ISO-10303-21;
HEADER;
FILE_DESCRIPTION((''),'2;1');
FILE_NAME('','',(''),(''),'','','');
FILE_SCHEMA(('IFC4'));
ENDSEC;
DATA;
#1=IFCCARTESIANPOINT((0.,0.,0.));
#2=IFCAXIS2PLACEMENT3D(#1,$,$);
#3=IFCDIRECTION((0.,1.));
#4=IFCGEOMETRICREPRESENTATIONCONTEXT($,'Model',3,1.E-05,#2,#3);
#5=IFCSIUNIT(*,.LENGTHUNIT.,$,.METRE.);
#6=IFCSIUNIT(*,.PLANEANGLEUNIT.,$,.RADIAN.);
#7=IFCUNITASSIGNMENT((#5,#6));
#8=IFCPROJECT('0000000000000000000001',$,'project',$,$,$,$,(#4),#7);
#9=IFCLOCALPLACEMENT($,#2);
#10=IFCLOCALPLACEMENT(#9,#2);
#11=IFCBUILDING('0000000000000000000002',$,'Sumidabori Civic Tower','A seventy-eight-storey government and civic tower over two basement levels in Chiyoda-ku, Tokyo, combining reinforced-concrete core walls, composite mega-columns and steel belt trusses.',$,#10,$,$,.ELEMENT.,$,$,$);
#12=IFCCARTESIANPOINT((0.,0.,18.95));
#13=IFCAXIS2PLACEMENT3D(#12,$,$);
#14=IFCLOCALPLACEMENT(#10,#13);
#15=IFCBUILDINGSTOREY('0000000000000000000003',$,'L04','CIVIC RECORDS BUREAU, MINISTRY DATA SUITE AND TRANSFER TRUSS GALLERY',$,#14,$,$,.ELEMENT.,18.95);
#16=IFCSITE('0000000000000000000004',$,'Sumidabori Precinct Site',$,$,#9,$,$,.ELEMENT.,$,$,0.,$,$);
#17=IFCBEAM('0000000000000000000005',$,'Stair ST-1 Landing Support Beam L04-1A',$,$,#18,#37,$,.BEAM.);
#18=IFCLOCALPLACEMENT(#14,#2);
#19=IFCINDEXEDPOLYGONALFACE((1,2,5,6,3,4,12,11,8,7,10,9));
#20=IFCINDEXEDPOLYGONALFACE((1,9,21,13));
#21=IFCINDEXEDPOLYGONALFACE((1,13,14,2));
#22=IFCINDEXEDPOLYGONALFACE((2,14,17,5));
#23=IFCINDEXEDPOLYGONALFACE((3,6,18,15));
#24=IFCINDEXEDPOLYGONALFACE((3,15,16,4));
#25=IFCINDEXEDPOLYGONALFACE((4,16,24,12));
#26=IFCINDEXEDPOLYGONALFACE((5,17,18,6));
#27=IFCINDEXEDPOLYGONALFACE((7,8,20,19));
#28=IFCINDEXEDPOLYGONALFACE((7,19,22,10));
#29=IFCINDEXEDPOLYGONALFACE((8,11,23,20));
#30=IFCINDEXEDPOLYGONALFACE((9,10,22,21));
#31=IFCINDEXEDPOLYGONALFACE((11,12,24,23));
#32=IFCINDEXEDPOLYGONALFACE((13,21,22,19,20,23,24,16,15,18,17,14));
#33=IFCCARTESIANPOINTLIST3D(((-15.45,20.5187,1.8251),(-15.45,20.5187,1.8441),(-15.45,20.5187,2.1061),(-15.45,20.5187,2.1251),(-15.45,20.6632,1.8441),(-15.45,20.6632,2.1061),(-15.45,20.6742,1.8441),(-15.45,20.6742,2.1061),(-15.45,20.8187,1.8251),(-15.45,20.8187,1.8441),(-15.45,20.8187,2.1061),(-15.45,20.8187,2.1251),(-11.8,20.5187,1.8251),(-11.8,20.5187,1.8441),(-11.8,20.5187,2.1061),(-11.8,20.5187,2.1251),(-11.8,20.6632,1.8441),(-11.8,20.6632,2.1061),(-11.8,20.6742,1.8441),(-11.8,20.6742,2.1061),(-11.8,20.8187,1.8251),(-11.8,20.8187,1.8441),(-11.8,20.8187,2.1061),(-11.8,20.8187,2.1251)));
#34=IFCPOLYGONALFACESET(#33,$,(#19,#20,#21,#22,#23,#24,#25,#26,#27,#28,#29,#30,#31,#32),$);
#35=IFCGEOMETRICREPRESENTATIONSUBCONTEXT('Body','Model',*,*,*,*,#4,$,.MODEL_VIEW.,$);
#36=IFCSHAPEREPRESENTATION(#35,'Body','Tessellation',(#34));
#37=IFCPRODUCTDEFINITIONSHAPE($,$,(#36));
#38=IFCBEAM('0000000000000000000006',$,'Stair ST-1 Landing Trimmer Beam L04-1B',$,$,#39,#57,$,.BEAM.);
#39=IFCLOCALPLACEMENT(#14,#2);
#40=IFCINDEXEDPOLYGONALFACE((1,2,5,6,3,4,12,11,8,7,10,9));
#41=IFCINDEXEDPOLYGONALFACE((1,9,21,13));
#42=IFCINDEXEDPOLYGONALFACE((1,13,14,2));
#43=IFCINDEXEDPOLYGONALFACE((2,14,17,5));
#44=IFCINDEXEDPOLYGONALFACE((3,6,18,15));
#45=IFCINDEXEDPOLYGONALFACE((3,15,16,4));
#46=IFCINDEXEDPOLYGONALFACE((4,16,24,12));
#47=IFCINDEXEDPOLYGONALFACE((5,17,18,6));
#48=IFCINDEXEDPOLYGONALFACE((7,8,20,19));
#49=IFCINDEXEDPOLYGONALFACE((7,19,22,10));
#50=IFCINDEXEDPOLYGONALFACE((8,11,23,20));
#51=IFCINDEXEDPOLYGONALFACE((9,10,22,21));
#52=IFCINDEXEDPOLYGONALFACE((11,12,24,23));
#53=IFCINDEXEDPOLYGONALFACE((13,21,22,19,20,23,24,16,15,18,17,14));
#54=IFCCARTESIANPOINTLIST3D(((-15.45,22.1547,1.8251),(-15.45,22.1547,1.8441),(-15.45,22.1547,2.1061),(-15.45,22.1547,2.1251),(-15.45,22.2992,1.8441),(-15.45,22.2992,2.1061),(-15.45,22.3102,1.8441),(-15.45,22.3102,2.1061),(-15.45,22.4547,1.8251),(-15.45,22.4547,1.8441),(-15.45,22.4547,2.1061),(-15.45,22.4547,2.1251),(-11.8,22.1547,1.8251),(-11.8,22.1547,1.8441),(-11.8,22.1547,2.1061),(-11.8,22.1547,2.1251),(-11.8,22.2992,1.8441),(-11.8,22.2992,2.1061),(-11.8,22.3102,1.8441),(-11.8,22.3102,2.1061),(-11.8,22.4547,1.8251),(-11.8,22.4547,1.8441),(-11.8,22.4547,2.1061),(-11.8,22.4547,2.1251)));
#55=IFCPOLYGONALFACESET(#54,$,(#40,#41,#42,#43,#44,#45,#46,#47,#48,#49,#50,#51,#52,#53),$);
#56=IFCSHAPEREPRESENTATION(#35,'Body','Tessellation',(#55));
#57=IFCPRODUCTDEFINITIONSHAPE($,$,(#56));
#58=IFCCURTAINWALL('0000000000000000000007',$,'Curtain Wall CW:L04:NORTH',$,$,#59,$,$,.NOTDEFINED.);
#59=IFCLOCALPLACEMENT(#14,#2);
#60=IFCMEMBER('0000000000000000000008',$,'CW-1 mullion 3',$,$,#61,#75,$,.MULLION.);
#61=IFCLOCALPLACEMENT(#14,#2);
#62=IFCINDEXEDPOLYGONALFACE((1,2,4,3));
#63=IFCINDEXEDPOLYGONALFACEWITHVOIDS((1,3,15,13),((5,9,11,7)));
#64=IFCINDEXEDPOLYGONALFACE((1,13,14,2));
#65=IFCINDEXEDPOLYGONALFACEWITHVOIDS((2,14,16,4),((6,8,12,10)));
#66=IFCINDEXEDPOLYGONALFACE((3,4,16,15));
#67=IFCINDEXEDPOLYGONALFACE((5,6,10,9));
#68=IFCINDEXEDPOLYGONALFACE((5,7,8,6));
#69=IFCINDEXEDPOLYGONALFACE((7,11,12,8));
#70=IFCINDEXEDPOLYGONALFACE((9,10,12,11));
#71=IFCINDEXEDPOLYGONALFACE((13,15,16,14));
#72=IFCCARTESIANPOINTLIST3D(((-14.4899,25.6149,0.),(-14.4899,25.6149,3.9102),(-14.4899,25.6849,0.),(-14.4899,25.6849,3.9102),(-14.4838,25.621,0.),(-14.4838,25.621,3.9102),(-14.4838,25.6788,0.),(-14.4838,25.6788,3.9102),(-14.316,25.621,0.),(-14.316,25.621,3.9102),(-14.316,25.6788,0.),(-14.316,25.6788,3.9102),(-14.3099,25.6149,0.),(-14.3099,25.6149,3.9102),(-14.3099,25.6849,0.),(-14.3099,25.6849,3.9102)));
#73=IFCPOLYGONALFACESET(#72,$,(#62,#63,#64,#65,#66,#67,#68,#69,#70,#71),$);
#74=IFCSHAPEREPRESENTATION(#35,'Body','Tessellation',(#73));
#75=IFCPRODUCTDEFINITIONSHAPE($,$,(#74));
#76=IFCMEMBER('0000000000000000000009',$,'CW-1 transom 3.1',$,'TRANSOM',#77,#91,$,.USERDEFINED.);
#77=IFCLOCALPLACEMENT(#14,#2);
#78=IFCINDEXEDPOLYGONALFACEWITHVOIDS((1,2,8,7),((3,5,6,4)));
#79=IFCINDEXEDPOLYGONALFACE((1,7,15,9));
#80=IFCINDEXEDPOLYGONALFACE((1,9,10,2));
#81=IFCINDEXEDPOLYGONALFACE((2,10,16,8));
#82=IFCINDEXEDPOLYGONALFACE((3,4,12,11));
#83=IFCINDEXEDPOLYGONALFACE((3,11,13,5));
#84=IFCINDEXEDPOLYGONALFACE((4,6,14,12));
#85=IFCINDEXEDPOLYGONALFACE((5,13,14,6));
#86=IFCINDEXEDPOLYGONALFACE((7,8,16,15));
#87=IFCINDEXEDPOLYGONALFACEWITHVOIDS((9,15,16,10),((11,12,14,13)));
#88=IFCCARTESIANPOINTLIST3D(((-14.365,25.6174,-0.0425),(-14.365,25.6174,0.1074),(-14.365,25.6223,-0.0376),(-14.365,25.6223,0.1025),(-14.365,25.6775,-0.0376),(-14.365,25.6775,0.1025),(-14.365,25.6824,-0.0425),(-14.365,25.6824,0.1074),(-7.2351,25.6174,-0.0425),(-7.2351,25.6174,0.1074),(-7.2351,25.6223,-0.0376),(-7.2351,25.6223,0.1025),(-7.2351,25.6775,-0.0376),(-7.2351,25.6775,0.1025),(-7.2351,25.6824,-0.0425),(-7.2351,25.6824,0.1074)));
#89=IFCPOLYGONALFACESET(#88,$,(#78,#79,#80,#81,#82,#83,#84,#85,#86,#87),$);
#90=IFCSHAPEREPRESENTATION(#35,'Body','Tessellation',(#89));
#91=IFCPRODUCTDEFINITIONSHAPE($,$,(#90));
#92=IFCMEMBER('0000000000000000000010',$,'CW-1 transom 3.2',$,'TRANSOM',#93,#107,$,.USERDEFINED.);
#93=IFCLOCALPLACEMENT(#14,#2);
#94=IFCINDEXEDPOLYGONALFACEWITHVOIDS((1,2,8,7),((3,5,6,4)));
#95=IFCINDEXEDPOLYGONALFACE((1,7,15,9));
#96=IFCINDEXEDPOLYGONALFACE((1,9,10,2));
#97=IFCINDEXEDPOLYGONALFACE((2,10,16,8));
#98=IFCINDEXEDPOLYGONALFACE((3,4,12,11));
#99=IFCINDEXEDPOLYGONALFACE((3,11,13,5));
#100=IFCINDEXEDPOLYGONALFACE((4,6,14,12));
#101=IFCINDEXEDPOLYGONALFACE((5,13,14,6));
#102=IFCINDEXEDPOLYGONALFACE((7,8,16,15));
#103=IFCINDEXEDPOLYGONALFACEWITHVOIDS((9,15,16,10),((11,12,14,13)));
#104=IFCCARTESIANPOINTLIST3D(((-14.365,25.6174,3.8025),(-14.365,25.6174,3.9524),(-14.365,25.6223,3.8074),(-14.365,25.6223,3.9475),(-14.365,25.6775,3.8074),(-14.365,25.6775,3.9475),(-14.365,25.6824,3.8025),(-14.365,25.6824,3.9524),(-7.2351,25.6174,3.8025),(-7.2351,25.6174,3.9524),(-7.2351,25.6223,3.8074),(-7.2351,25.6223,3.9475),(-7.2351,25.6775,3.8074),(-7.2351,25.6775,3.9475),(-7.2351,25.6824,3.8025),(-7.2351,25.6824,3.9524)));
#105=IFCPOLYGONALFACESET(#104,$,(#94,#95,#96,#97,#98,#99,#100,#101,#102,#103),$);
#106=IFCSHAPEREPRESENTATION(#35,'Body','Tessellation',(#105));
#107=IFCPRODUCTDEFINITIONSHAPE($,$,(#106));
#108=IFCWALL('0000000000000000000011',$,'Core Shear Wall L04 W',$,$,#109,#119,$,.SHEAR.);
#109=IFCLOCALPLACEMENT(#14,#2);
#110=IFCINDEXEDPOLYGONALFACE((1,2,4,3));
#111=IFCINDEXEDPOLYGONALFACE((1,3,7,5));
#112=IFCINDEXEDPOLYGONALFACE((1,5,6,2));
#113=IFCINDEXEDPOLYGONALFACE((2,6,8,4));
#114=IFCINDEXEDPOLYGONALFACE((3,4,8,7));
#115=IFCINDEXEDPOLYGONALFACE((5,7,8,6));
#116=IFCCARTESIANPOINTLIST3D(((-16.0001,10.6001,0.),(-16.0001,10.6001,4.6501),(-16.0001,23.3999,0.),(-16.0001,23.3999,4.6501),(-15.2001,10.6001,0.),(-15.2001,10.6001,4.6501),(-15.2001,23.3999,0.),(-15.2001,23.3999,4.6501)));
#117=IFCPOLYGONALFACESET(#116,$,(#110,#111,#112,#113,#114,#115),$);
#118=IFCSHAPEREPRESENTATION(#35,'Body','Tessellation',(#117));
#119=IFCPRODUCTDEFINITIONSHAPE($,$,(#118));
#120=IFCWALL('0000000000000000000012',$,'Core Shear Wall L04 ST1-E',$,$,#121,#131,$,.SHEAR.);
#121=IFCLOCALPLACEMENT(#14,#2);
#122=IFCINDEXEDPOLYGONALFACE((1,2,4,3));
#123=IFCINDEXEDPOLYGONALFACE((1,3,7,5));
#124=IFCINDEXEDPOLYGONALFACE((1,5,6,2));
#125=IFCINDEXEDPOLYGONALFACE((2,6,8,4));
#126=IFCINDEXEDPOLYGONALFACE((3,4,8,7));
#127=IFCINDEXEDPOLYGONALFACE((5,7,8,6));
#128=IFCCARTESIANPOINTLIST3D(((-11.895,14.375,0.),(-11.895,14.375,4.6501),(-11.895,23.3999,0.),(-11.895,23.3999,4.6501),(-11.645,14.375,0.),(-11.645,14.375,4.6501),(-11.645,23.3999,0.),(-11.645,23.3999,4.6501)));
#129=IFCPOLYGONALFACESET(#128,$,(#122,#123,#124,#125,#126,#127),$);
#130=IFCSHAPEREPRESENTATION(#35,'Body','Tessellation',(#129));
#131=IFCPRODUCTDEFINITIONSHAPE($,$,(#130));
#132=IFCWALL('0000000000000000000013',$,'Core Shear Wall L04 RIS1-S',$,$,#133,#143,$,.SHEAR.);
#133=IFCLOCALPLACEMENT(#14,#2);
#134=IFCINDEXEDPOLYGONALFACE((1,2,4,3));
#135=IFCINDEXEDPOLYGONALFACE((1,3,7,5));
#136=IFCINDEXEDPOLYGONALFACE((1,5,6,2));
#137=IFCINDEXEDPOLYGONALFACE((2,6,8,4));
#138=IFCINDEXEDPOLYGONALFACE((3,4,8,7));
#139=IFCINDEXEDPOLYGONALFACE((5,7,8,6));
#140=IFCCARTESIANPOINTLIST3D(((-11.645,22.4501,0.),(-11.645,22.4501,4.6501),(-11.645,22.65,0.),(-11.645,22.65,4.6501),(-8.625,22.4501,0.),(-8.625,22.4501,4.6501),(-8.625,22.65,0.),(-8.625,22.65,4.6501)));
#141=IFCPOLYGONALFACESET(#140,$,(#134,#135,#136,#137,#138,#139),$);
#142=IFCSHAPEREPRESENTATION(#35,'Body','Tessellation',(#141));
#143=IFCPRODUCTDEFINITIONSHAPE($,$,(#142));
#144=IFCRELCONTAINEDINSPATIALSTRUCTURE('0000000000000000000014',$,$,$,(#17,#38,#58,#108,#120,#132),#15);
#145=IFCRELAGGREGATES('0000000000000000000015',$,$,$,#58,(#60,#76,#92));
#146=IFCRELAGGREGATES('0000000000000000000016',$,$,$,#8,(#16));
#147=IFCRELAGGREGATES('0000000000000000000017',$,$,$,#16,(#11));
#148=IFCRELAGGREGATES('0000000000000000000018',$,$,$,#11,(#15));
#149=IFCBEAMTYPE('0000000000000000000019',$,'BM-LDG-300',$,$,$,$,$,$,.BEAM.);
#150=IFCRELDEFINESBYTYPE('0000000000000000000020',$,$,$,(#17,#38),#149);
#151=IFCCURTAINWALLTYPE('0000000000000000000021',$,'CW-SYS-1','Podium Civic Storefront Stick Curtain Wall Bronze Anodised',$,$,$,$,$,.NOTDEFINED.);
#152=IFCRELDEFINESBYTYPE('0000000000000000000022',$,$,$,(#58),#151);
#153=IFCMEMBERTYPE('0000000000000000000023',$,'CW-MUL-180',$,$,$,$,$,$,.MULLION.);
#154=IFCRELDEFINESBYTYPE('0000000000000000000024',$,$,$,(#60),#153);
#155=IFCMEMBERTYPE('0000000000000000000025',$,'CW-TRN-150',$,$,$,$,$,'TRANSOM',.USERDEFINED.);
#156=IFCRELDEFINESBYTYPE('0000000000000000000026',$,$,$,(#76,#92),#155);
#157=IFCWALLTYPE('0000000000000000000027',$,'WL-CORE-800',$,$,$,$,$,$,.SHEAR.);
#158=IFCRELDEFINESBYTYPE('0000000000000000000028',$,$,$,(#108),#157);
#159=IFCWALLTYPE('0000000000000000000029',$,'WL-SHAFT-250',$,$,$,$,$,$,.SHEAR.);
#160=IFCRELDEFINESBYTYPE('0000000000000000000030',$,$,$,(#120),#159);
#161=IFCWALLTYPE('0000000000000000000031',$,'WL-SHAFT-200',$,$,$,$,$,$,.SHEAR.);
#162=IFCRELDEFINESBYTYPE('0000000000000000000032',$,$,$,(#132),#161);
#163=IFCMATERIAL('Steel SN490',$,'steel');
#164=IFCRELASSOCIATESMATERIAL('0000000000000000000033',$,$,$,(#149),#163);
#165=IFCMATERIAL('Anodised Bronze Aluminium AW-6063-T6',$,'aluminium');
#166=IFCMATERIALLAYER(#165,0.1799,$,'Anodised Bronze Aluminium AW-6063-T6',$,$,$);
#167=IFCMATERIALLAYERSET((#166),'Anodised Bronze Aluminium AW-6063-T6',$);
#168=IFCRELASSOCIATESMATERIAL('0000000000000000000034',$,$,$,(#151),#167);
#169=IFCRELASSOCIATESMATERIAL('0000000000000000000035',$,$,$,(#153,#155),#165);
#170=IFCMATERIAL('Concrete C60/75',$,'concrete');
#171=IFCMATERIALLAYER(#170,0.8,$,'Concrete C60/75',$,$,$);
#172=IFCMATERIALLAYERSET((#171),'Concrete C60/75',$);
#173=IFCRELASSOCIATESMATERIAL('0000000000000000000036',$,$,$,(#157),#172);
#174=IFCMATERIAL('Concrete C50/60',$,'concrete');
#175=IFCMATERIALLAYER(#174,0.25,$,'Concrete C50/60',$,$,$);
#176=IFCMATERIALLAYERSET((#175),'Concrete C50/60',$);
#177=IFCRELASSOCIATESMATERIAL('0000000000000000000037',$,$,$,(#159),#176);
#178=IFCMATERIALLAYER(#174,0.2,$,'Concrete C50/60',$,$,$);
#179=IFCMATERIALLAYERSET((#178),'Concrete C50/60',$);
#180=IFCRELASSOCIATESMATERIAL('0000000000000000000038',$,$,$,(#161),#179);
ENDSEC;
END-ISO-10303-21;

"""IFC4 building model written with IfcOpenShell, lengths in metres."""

from ifc_helpers import new_model, si_unit, direction, frame, frame_2d, origin, origin_2d, place, context, subcontext, project, spatial, rectangle, hollow_rectangle, i_section, extrude, source, transform, mapped, material, layer, layer_set, material_profile, profile_set, type_object, element, aggregate, save


model = new_model("IFC4")

# Units and contexts
model_context = context("Model", 3, precision=1e-05, world=origin(), true_north=direction((0.0, 1.0)))
body_context = subcontext(model_context, "Body", "Model", "MODEL_VIEW")
ifc_project = project(units=[si_unit("LENGTHUNIT", "METRE"), si_unit("PLANEANGLEUNIT", "RADIAN")], contexts=[model_context])

# Site, building, storey
site_placement = place(None, origin())
site = spatial("IfcSite", under=ifc_project, at=site_placement, Name="Sumidabori Precinct Site", CompositionType="ELEMENT", RefElevation=0.0)
building_placement = place(site_placement, origin())
building = spatial("IfcBuilding", under=site, at=building_placement, Name="Sumidabori Civic Tower", Description="A seventy-eight-storey government and civic tower over two basement levels in Chiyoda-ku, Tokyo, combining reinforced-concrete core walls, composite mega-columns and steel belt trusses.", CompositionType="ELEMENT")
storey_placement = place(building_placement, frame((0.0, 0.0, 18.95)))
storey = spatial("IfcBuildingStorey", under=building, at=storey_placement, Name="L04", Description="CIVIC RECORDS BUREAU, MINISTRY DATA SUITE AND TRANSFER TRUSS GALLERY", CompositionType="ELEMENT", Elevation=18.95)

# Beams
ifc_material_1 = material(Name="Steel SN490", Category="steel")
ifc_material_profile_1 = material_profile(ifc_material_1, i_section(OverallWidth=0.3, OverallDepth=0.3, WebThickness=0.011, FlangeThickness=0.019, at=origin_2d()), Name="HE 300 B")
ifc_profile_set_1 = profile_set([ifc_material_profile_1], Name="Steel SN490")
beam_type = type_object("IfcBeamType", Name="BM-LDG-300", PredefinedType="BEAM", material=ifc_profile_set_1)
shared_shape_1 = source(origin(), body_context, "Body", "SweptSolid", [
    extrude(i_section(OverallWidth=0.3, OverallDepth=0.3, WebThickness=0.011, FlangeThickness=0.019, at=origin_2d()), origin(), (0.0, 0.0, 1.0), 3.6499),
])
for number, where, z_axis, x_axis, name in (
    (1, (-15.45, 20.6687, 1.9751), (1.0, 0.0, 0.0), (0.0, 1.0, 0.0), "Stair ST-1 Landing Support Beam L04-1A"),
    (2, (-15.45, 22.3047, 1.9751), (1.0, 0.0, 0.0), (0.0, 1.0, 0.0), "Stair ST-1 Landing Trimmer Beam L04-1B"),
):
    element("IfcBeam", number, at=place(storey_placement, frame(where, z_axis=z_axis, x_axis=x_axis)), inside=storey, type_object=beam_type, Name=name, PredefinedType="BEAM", context=body_context, shape_type="MappedRepresentation", body=[
        mapped(shared_shape_1, transform((0.0, 0.0, 0.0), x_axis=(1.0, 0.0, 0.0), y_axis=(0.0, 1.0, 0.0), z_axis=(0.0, 0.0, 1.0), scale=1.0)),
    ])

# Curtain wall, members
ifc_material_2 = material(Name="Anodised Bronze Aluminium AW-6063-T6", Category="aluminium")
ifc_layer_1 = layer(ifc_material_2, 0.1799, Name="Anodised Bronze Aluminium AW-6063-T6")
ifc_layer_set_1 = layer_set([ifc_layer_1], Name="Anodised Bronze Aluminium AW-6063-T6")
curtain_wall_type = type_object("IfcCurtainWallType", Name="CW-SYS-1", Description="Podium Civic Storefront Stick Curtain Wall Bronze Anodised", PredefinedType="NOTDEFINED", material=ifc_layer_set_1)
curtain_wall_placement = place(storey_placement, origin())
curtain_wall = element("IfcCurtainWall", 3, at=curtain_wall_placement, inside=storey, type_object=curtain_wall_type, Name="Curtain Wall CW:L04:NORTH", PredefinedType="NOTDEFINED")
ifc_material_profile_2 = material_profile(ifc_material_2, hollow_rectangle(XDim=0.0701, YDim=0.1799, WallThickness=0.0061, at=origin_2d()), Name="ALU MULLION 180x70")
ifc_profile_set_2 = profile_set([ifc_material_profile_2], Name="Anodised Bronze Aluminium AW-6063-T6")
member_type_1 = type_object("IfcMemberType", Name="CW-MUL-180", PredefinedType="MULLION", material=ifc_profile_set_2)
shared_shape_2 = source(origin(), body_context, "Body", "SweptSolid", [
    extrude(hollow_rectangle(XDim=0.0701, YDim=0.1799, WallThickness=0.0061, at=origin_2d()), origin(), (0.0, 0.0, 1.0), 3.9102),
])
member_1_placement = place(storey_placement, frame((-14.3999, 25.6499, 0.0), z_axis=(0.0, 0.0, 1.0), x_axis=(0.0, 1.0, 0.0)))
member_1 = element("IfcMember", 4, at=member_1_placement, type_object=member_type_1, Name="CW-1 mullion 3", PredefinedType="MULLION", context=body_context, shape_type="MappedRepresentation", body=[
    mapped(shared_shape_2, transform((0.0, 0.0, 0.0), x_axis=(1.0, 0.0, 0.0), y_axis=(0.0, 1.0, 0.0), z_axis=(0.0, 0.0, 1.0), scale=1.0)),
])
ifc_material_profile_3 = material_profile(ifc_material_2, hollow_rectangle(XDim=0.0649, YDim=0.1499, WallThickness=0.0049, at=origin_2d()), Name="ALU TRANSOM 150x65")
ifc_profile_set_3 = profile_set([ifc_material_profile_3], Name="Anodised Bronze Aluminium AW-6063-T6")
member_type_2 = type_object("IfcMemberType", Name="CW-TRN-150", ElementType="TRANSOM", PredefinedType="USERDEFINED", material=ifc_profile_set_3)
shared_shape_3 = source(origin(), body_context, "Body", "SweptSolid", [
    extrude(hollow_rectangle(XDim=0.0649, YDim=0.1499, WallThickness=0.0049, at=origin_2d()), origin(), (0.0, 0.0, 1.0), 7.1299),
])
member_2_placement = place(storey_placement, frame((-14.365, 25.6499, 0.0325), z_axis=(1.0, 0.0, 0.0), x_axis=(0.0, 1.0, 0.0)))
member_2 = element("IfcMember", 5, at=member_2_placement, type_object=member_type_2, Name="CW-1 transom 3.1", ObjectType="TRANSOM", PredefinedType="USERDEFINED", context=body_context, shape_type="MappedRepresentation", body=[
    mapped(shared_shape_3, transform((0.0, 0.0, 0.0), x_axis=(1.0, 0.0, 0.0), y_axis=(0.0, 1.0, 0.0), z_axis=(0.0, 0.0, 1.0), scale=1.0)),
])
member_3_placement = place(storey_placement, frame((-14.365, 25.6499, 3.8774), z_axis=(1.0, 0.0, 0.0), x_axis=(0.0, 1.0, 0.0)))
member_3 = element("IfcMember", 6, at=member_3_placement, type_object=member_type_2, Name="CW-1 transom 3.2", ObjectType="TRANSOM", PredefinedType="USERDEFINED", context=body_context, shape_type="MappedRepresentation", body=[
    mapped(shared_shape_3, transform((0.0, 0.0, 0.0), x_axis=(1.0, 0.0, 0.0), y_axis=(0.0, 1.0, 0.0), z_axis=(0.0, 0.0, 1.0), scale=1.0)),
])
aggregate(curtain_wall, [member_1, member_2, member_3])

# Wall
ifc_material_3 = material(Name="Concrete C60/75", Category="concrete")
ifc_layer_2 = layer(ifc_material_3, 0.8, Name="Concrete C60/75")
ifc_layer_set_2 = layer_set([ifc_layer_2], Name="Concrete C60/75")
wall_type_1 = type_object("IfcWallType", Name="WL-CORE-800", PredefinedType="SHEAR", material=ifc_layer_set_2)
shared_shape_4 = source(origin(), body_context, "Body", "SweptSolid", [
    extrude(rectangle(XDim=12.7998, YDim=0.8, at=frame_2d((6.3999, 0.0))), origin(), (0.0, 0.0, 1.0), 4.6501),
])
wall_1_placement = place(storey_placement, frame((-15.6001, 10.6001, 0.0), z_axis=(0.0, 0.0, 1.0), x_axis=(0.0, 1.0, 0.0)))
element("IfcWall", 7, at=wall_1_placement, inside=storey, type_object=wall_type_1, Name="Core Shear Wall L04 W", PredefinedType="SHEAR", context=body_context, shape_type="MappedRepresentation", body=[
    mapped(shared_shape_4, transform((0.0, 0.0, 0.0), x_axis=(1.0, 0.0, 0.0), y_axis=(0.0, 1.0, 0.0), z_axis=(0.0, 0.0, 1.0), scale=1.0)),
])

# Shared definitions
ifc_material_4 = material(Name="Concrete C50/60", Category="concrete")
ifc_layer_3 = layer(ifc_material_4, 0.25, Name="Concrete C50/60")
ifc_layer_set_3 = layer_set([ifc_layer_3], Name="Concrete C50/60")
wall_type_2 = type_object("IfcWallType", Name="WL-SHAFT-250", PredefinedType="SHEAR", material=ifc_layer_set_3)

# Walls
shared_shape_5 = source(origin(), body_context, "Body", "SweptSolid", [
    extrude(rectangle(XDim=9.0249, YDim=0.25, at=frame_2d((4.5125, 0.0))), origin(), (0.0, 0.0, 1.0), 4.6501),
])
wall_2_placement = place(storey_placement, frame((-11.77, 14.375, 0.0), z_axis=(0.0, 0.0, 1.0), x_axis=(0.0, 1.0, 0.0)))
element("IfcWall", 8, at=wall_2_placement, inside=storey, type_object=wall_type_2, Name="Core Shear Wall L04 ST1-E", PredefinedType="SHEAR", context=body_context, shape_type="MappedRepresentation", body=[
    mapped(shared_shape_5, transform((0.0, 0.0, 0.0), x_axis=(1.0, 0.0, 0.0), y_axis=(0.0, 1.0, 0.0), z_axis=(0.0, 0.0, 1.0), scale=1.0)),
])
ifc_layer_4 = layer(ifc_material_4, 0.2, Name="Concrete C50/60")
ifc_layer_set_4 = layer_set([ifc_layer_4], Name="Concrete C50/60")
wall_type_3 = type_object("IfcWallType", Name="WL-SHAFT-200", PredefinedType="SHEAR", material=ifc_layer_set_4)
shared_shape_6 = source(origin(), body_context, "Body", "SweptSolid", [
    extrude(rectangle(XDim=3.02, YDim=0.2, at=frame_2d((1.51, 0.0))), origin(), (0.0, 0.0, 1.0), 4.6501),
])
wall_3_placement = place(storey_placement, frame((-11.645, 22.55, 0.0), z_axis=(0.0, 0.0, 1.0), x_axis=(1.0, 0.0, 0.0)))
element("IfcWall", 9, at=wall_3_placement, inside=storey, type_object=wall_type_3, Name="Core Shear Wall L04 RIS1-S", PredefinedType="SHEAR", context=body_context, shape_type="MappedRepresentation", body=[
    mapped(shared_shape_6, transform((0.0, 0.0, 0.0), x_axis=(1.0, 0.0, 0.0), y_axis=(0.0, 1.0, 0.0), z_axis=(0.0, 0.0, 1.0), scale=1.0)),
])

save(model, "model.ifc")
